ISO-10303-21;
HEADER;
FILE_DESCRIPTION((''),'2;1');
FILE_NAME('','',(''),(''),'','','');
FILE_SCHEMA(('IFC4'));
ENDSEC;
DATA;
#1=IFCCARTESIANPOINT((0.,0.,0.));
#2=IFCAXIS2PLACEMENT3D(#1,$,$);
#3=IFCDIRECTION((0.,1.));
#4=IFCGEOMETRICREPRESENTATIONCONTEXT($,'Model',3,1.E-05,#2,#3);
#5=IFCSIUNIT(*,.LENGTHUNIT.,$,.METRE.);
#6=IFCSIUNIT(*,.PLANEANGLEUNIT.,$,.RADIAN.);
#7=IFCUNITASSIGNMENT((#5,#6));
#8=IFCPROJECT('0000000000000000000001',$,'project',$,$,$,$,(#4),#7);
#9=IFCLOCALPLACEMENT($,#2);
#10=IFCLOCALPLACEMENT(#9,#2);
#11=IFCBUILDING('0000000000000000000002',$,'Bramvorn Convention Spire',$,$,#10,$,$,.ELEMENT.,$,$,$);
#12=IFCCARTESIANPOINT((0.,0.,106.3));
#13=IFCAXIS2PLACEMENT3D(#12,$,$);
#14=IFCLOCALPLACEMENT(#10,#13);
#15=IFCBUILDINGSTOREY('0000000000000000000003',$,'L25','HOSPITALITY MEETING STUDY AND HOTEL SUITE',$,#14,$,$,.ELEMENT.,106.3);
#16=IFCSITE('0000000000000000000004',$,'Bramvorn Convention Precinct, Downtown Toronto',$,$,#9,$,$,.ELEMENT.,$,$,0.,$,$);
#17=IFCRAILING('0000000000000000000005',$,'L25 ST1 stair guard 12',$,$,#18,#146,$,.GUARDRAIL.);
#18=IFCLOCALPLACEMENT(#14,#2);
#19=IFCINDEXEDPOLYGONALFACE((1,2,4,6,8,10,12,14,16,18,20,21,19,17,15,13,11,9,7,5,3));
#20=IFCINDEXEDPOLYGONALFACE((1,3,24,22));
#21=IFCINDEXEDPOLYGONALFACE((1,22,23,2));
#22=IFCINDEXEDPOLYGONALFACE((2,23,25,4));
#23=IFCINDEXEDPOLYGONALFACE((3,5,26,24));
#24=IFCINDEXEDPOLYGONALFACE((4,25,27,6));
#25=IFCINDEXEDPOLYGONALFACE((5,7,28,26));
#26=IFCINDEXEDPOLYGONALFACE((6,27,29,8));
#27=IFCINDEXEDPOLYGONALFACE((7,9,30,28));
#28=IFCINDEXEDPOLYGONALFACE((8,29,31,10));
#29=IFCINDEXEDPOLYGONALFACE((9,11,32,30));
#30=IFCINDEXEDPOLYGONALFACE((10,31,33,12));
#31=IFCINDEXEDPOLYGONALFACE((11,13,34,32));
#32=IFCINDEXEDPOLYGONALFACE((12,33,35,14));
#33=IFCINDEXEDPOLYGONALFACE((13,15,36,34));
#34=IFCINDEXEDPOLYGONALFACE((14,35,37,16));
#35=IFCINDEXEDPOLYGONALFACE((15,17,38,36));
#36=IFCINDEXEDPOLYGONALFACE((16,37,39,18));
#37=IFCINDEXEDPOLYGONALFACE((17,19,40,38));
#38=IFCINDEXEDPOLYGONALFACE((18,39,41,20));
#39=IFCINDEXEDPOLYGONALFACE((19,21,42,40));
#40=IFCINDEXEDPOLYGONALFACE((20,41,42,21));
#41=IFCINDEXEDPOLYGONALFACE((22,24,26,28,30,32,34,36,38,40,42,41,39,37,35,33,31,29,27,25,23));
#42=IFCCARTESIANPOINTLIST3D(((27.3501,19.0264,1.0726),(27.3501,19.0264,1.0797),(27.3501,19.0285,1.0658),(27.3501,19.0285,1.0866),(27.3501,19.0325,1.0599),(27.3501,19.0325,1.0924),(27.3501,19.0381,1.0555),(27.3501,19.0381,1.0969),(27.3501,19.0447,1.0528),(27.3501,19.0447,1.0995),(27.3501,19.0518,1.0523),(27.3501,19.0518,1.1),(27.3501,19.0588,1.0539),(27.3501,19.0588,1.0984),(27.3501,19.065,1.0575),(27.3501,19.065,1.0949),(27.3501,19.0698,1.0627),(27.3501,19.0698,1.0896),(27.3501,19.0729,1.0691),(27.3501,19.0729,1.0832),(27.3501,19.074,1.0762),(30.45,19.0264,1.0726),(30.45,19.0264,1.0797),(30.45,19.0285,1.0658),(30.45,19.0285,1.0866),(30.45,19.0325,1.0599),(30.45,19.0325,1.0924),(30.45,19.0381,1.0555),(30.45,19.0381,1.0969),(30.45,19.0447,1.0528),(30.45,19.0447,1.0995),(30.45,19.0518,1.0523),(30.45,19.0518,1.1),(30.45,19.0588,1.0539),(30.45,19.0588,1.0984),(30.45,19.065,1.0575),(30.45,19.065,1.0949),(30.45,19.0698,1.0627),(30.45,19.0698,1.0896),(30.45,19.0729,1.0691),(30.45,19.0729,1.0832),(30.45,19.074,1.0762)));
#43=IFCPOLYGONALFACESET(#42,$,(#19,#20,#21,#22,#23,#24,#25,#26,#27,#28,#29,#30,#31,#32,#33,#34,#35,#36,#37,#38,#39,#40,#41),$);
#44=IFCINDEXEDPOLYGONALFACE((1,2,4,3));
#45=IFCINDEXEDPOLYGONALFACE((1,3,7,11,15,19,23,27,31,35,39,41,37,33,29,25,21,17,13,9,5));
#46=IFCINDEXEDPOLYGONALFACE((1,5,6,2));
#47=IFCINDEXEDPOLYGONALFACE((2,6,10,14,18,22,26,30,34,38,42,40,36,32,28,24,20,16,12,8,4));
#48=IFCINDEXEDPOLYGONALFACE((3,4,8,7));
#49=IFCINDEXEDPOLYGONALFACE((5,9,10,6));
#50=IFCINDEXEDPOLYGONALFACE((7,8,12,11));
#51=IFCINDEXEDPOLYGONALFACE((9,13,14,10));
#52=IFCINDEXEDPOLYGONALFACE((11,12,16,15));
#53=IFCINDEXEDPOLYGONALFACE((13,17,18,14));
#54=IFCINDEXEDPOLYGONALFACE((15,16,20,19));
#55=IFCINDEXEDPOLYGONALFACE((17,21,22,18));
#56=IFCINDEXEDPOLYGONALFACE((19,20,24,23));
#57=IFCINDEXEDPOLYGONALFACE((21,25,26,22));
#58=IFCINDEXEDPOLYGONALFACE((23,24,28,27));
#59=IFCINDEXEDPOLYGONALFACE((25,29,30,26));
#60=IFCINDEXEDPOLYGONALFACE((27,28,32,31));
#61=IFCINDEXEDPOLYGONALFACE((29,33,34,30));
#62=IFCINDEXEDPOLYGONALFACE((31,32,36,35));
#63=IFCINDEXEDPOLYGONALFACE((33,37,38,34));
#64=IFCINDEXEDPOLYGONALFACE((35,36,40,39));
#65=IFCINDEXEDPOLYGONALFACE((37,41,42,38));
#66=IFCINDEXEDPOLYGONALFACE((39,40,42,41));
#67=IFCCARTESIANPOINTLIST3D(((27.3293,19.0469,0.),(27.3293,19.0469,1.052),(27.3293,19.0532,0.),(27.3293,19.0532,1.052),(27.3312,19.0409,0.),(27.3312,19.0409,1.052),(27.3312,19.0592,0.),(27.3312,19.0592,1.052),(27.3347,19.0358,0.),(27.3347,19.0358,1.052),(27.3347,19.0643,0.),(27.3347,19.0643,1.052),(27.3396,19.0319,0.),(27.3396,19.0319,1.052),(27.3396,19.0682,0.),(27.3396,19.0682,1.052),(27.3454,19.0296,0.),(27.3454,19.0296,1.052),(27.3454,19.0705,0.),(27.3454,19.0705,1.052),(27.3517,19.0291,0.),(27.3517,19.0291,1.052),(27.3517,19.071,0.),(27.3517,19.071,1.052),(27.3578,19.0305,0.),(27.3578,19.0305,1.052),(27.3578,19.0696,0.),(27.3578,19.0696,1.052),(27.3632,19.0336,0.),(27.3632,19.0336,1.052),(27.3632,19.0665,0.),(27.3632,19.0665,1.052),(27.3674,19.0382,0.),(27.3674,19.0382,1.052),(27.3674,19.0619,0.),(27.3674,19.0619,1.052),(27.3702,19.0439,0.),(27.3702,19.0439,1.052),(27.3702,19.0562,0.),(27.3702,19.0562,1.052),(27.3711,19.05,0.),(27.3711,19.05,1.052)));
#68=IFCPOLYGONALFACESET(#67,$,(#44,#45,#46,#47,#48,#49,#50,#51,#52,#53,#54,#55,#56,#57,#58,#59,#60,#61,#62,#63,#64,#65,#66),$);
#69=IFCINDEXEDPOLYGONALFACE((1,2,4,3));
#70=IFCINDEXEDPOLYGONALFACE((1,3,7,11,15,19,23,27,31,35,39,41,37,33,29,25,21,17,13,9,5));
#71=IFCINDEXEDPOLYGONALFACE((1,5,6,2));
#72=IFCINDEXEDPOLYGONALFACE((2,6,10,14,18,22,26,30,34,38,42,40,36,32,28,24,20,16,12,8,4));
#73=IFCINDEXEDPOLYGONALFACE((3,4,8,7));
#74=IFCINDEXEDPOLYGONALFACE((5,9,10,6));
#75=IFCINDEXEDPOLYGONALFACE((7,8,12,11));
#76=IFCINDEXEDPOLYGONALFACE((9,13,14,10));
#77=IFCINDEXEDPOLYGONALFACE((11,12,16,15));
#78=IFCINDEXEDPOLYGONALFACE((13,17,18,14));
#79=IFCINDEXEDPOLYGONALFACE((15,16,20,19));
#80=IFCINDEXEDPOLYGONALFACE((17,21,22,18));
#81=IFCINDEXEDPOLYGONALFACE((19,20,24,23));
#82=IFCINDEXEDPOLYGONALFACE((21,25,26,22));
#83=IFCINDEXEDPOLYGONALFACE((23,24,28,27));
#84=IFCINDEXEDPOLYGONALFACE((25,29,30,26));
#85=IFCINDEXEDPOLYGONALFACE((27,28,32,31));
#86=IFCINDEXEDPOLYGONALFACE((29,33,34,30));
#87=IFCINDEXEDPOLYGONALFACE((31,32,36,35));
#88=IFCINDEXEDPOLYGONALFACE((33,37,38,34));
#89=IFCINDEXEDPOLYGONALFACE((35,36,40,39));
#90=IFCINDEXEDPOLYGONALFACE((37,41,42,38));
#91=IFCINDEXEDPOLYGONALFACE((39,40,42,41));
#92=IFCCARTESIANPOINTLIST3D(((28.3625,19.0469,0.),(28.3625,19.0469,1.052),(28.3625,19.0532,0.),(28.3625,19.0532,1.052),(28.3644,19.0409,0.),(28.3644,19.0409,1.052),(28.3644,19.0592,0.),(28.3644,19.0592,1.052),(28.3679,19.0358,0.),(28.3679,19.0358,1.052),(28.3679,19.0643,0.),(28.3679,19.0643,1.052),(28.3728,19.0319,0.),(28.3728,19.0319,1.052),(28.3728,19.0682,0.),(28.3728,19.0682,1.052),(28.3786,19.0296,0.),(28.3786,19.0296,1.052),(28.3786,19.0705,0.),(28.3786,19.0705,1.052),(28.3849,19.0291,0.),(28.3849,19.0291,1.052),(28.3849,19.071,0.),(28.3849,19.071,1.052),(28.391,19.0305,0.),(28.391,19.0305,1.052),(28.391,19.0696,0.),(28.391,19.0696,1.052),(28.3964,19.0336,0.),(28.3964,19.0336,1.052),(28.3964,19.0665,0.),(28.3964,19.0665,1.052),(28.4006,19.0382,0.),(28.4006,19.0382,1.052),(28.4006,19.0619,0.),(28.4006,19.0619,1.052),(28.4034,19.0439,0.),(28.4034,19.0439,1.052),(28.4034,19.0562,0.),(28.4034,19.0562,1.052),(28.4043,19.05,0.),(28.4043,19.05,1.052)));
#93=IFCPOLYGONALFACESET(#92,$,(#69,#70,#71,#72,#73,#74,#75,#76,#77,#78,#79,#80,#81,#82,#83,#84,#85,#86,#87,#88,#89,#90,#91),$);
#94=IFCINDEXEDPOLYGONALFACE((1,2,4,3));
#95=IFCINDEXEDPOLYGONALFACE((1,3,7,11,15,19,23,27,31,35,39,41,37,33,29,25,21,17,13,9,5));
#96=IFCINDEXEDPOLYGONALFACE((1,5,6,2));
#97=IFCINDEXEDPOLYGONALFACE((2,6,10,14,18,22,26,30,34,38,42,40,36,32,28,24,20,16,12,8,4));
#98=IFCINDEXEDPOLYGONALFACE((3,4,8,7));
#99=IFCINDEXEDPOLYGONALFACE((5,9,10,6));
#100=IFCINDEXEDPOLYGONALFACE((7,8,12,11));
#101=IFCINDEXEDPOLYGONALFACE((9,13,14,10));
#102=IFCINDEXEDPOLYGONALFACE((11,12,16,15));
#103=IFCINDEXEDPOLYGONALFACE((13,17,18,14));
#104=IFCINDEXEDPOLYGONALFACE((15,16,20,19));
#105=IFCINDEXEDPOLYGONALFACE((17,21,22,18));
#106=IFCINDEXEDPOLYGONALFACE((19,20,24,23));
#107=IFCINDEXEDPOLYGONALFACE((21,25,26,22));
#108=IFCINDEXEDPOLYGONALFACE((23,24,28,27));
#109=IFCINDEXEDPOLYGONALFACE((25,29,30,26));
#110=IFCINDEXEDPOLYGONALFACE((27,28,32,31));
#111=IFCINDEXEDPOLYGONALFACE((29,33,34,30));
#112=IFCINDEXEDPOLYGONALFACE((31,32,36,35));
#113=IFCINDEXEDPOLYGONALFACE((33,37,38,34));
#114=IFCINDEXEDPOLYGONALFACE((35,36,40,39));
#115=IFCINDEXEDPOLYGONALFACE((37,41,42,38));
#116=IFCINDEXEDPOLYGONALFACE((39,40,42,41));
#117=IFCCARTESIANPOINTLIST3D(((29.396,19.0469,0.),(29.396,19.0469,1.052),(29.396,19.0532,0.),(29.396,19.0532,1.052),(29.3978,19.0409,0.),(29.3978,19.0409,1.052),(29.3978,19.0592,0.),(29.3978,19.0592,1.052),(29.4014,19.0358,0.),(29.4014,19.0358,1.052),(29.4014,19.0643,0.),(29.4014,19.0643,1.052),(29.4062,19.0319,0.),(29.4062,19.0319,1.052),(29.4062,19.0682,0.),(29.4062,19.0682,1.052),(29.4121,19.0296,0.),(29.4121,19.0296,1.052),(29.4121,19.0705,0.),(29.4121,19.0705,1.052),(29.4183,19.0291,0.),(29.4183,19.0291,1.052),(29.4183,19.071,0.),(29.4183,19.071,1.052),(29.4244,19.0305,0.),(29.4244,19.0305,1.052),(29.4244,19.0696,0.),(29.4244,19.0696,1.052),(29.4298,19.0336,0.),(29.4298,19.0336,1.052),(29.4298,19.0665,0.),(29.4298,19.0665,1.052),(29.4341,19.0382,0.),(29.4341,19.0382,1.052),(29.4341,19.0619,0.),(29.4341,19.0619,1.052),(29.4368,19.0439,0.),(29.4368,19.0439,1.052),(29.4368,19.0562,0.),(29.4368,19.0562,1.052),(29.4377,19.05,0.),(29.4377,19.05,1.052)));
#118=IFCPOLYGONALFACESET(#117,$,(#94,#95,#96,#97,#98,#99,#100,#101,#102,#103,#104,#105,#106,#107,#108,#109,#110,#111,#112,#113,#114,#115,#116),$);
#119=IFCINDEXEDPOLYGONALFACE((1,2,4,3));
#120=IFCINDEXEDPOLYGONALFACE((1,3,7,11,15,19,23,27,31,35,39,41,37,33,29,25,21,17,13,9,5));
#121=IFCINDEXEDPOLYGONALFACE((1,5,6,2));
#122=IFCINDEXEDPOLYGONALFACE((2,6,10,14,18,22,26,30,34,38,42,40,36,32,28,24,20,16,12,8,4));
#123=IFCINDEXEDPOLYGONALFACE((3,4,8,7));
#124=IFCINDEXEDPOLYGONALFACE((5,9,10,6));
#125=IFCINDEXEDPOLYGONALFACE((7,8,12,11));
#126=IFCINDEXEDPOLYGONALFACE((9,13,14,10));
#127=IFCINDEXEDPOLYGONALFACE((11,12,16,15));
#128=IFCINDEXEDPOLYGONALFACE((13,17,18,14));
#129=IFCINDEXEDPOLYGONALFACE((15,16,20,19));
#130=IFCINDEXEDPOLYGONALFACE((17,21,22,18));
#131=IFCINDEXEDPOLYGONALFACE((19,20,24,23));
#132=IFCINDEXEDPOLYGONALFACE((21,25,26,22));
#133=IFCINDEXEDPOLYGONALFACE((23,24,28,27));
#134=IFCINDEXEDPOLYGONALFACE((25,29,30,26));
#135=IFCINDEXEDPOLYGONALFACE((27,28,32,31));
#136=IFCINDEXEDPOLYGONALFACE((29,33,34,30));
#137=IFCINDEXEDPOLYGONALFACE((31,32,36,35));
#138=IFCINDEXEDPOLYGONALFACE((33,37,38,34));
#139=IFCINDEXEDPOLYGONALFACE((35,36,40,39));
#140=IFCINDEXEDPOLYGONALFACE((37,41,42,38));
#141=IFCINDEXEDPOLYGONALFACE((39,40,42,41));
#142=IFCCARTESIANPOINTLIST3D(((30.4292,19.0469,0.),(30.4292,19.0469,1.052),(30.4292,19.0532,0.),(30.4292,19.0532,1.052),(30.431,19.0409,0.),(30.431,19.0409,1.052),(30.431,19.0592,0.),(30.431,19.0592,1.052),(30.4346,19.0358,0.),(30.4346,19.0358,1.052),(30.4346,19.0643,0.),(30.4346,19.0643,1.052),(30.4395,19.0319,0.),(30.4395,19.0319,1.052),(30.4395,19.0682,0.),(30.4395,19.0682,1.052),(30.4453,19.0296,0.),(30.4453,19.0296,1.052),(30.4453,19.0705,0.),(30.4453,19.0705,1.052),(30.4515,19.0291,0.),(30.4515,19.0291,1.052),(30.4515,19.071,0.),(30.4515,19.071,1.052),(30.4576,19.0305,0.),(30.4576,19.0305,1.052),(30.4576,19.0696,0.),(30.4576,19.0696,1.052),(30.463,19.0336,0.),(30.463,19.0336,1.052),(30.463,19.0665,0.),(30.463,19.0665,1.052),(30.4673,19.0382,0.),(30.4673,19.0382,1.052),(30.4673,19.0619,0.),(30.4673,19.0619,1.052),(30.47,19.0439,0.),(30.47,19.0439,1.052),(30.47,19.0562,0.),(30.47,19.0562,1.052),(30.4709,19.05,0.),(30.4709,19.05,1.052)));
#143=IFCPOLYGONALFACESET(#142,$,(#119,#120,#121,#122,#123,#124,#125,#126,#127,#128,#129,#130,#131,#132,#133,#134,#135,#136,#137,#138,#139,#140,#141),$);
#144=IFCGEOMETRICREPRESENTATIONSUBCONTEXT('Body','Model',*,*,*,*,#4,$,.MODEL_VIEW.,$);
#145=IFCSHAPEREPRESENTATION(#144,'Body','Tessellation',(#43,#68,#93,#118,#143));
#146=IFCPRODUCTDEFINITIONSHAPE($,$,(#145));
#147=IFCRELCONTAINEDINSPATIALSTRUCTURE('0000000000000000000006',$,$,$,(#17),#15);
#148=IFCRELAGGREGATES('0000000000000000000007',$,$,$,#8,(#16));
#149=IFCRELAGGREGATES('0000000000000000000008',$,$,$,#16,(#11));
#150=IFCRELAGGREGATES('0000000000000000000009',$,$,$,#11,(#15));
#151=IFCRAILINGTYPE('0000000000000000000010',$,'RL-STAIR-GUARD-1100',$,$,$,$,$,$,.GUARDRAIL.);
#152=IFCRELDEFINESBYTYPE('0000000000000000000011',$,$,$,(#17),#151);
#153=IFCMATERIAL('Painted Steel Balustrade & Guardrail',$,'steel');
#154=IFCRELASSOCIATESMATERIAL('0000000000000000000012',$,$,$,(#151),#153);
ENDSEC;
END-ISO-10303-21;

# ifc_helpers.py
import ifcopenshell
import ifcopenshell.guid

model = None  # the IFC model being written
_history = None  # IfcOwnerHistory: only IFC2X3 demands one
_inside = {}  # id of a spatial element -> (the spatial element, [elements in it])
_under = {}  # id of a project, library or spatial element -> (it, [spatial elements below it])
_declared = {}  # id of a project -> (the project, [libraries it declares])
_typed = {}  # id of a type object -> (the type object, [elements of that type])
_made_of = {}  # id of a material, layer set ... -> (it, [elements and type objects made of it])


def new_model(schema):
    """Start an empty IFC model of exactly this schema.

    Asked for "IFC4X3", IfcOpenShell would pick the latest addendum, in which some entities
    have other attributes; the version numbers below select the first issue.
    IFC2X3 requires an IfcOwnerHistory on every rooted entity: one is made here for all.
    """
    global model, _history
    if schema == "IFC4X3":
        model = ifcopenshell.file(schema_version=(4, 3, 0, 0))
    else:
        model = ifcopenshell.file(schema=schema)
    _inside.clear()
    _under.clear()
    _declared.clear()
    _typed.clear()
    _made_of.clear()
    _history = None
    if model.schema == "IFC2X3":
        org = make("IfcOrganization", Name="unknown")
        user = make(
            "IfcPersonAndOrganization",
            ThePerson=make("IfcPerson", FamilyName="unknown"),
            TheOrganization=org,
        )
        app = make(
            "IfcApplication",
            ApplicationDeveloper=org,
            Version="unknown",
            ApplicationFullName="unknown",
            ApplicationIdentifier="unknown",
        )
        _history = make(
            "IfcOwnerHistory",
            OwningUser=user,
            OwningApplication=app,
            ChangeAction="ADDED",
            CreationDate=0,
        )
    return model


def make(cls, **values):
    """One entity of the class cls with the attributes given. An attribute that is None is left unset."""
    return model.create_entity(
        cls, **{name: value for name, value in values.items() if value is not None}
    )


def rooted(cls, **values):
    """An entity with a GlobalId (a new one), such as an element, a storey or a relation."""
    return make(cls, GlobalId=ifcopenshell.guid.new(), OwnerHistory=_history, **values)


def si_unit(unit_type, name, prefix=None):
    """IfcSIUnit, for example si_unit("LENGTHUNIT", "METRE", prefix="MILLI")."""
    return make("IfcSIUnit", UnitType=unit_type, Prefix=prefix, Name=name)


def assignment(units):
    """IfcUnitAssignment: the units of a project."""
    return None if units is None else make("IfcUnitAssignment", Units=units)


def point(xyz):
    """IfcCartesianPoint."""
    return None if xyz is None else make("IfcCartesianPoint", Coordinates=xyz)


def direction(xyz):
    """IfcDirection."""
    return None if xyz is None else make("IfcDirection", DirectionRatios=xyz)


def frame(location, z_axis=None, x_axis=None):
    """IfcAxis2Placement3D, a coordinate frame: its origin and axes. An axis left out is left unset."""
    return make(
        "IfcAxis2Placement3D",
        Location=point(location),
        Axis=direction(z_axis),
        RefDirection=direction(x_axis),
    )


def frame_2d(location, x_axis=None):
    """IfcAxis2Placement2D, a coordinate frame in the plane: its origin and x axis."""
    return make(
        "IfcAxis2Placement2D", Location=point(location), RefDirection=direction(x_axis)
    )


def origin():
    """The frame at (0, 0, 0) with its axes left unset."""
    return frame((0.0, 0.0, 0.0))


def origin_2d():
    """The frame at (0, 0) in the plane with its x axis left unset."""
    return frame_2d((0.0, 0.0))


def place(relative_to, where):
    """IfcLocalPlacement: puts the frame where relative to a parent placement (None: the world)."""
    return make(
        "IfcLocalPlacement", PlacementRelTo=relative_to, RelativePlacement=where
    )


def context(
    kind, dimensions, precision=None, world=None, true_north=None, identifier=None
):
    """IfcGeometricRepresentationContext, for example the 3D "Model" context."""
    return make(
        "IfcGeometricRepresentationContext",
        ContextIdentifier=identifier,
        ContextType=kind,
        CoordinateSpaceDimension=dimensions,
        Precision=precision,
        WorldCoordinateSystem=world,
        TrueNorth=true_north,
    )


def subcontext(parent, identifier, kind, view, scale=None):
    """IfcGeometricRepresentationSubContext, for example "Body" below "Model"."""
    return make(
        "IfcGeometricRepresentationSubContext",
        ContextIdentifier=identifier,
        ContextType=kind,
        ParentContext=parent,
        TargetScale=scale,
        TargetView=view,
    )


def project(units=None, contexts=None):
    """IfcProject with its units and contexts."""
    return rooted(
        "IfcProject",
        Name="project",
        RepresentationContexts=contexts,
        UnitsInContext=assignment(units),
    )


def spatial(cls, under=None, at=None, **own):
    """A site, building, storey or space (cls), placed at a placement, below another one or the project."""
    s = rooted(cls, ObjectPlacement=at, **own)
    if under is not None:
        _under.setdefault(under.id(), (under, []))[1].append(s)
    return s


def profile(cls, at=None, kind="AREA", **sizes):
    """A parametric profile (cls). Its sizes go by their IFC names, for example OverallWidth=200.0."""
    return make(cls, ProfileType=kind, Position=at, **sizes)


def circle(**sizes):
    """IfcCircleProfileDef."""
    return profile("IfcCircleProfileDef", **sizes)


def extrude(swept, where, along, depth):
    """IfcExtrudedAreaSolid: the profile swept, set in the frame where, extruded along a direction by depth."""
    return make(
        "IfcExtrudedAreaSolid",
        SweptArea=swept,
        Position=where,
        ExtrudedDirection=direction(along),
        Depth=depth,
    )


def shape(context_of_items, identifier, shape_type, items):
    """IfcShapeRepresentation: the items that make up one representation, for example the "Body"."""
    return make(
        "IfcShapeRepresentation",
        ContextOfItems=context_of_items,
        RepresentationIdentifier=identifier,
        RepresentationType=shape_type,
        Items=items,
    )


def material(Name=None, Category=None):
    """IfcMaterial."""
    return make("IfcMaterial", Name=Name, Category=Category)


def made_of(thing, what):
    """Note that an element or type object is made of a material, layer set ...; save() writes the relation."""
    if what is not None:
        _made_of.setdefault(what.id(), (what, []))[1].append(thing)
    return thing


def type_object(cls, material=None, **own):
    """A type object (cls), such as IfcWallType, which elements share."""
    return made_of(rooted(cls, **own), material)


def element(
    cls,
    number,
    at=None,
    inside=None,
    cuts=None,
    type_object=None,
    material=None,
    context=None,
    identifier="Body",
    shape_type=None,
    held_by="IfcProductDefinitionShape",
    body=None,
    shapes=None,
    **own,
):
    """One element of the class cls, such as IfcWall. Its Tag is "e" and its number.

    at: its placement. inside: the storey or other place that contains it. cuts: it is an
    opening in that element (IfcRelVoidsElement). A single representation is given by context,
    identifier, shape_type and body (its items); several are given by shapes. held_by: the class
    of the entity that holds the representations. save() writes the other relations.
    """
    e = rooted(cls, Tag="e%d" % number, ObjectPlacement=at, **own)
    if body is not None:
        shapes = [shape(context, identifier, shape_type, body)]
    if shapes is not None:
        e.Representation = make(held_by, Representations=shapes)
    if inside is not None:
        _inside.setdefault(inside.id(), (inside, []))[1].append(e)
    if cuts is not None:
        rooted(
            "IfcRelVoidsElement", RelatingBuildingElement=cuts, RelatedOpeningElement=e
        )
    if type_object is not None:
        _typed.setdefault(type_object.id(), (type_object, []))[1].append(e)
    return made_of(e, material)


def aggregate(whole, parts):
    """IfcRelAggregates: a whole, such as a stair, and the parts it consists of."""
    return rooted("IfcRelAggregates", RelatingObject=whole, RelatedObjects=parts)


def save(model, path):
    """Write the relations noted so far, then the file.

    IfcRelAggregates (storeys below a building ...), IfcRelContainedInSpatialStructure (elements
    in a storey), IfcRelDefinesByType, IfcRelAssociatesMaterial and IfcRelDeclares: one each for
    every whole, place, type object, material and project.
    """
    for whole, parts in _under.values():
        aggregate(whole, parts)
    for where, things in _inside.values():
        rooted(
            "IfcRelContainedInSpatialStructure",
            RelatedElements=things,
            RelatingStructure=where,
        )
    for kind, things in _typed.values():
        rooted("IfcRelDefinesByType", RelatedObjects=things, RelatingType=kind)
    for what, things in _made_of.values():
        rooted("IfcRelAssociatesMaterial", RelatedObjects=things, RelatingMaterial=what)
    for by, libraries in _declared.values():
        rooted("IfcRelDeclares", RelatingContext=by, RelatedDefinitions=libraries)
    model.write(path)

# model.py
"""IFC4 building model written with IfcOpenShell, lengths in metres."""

from ifc_helpers import new_model, si_unit, direction, frame, origin, origin_2d, place, context, subcontext, project, spatial, circle, extrude, material, type_object, element, save


model = new_model("IFC4")

# Units and contexts
model_context = context("Model", 3, precision=1e-05, world=origin(), true_north=direction((0.0, 1.0)))
body_context = subcontext(model_context, "Body", "Model", "MODEL_VIEW")
ifc_project = project(units=[si_unit("LENGTHUNIT", "METRE"), si_unit("PLANEANGLEUNIT", "RADIAN")], contexts=[model_context])

# Site, building, storey
site_placement = place(None, origin())
site = spatial("IfcSite", under=ifc_project, at=site_placement, Name="Bramvorn Convention Precinct, Downtown Toronto", CompositionType="ELEMENT", RefElevation=0.0)
building_placement = place(site_placement, origin())
building = spatial("IfcBuilding", under=site, at=building_placement, Name="Bramvorn Convention Spire", CompositionType="ELEMENT")
storey_placement = place(building_placement, frame((0.0, 0.0, 106.3)))
storey = spatial("IfcBuildingStorey", under=building, at=storey_placement, Name="L25", Description="HOSPITALITY MEETING STUDY AND HOTEL SUITE", CompositionType="ELEMENT", Elevation=106.3)

# Railing
ifc_material_1 = material(Name="Painted Steel Balustrade & Guardrail", Category="steel")
railing_type = type_object("IfcRailingType", Name="RL-STAIR-GUARD-1100", PredefinedType="GUARDRAIL", material=ifc_material_1)
railing_1_placement = place(storey_placement, frame((27.3501, 19.05, 0.0)))
element("IfcRailing", 1, at=railing_1_placement, inside=storey, type_object=railing_type, Name="L25 ST1 stair guard 12", PredefinedType="GUARDRAIL", context=body_context, shape_type="SweptSolid", body=[
    extrude(circle(Radius=0.0239, at=origin_2d()), frame((0.0, 0.0, 1.0762), z_axis=(1.0, 0.0, 0.0), x_axis=(0.0, 1.0, 0.0)), (0.0, 0.0, 1.0), 3.0999),
    extrude(circle(Radius=0.021, at=origin_2d()), origin(), (0.0, 0.0, 1.0), 1.052),
    extrude(circle(Radius=0.021, at=origin_2d()), frame((1.0332, 0.0, 0.0)), (0.0, 0.0, 1.0), 1.052),
    extrude(circle(Radius=0.021, at=origin_2d()), frame((2.0667, 0.0, 0.0)), (0.0, 0.0, 1.0), 1.052),
    extrude(circle(Radius=0.021, at=origin_2d()), frame((3.0999, 0.0, 0.0)), (0.0, 0.0, 1.0), 1.052),
])

save(model, "model.ifc")
